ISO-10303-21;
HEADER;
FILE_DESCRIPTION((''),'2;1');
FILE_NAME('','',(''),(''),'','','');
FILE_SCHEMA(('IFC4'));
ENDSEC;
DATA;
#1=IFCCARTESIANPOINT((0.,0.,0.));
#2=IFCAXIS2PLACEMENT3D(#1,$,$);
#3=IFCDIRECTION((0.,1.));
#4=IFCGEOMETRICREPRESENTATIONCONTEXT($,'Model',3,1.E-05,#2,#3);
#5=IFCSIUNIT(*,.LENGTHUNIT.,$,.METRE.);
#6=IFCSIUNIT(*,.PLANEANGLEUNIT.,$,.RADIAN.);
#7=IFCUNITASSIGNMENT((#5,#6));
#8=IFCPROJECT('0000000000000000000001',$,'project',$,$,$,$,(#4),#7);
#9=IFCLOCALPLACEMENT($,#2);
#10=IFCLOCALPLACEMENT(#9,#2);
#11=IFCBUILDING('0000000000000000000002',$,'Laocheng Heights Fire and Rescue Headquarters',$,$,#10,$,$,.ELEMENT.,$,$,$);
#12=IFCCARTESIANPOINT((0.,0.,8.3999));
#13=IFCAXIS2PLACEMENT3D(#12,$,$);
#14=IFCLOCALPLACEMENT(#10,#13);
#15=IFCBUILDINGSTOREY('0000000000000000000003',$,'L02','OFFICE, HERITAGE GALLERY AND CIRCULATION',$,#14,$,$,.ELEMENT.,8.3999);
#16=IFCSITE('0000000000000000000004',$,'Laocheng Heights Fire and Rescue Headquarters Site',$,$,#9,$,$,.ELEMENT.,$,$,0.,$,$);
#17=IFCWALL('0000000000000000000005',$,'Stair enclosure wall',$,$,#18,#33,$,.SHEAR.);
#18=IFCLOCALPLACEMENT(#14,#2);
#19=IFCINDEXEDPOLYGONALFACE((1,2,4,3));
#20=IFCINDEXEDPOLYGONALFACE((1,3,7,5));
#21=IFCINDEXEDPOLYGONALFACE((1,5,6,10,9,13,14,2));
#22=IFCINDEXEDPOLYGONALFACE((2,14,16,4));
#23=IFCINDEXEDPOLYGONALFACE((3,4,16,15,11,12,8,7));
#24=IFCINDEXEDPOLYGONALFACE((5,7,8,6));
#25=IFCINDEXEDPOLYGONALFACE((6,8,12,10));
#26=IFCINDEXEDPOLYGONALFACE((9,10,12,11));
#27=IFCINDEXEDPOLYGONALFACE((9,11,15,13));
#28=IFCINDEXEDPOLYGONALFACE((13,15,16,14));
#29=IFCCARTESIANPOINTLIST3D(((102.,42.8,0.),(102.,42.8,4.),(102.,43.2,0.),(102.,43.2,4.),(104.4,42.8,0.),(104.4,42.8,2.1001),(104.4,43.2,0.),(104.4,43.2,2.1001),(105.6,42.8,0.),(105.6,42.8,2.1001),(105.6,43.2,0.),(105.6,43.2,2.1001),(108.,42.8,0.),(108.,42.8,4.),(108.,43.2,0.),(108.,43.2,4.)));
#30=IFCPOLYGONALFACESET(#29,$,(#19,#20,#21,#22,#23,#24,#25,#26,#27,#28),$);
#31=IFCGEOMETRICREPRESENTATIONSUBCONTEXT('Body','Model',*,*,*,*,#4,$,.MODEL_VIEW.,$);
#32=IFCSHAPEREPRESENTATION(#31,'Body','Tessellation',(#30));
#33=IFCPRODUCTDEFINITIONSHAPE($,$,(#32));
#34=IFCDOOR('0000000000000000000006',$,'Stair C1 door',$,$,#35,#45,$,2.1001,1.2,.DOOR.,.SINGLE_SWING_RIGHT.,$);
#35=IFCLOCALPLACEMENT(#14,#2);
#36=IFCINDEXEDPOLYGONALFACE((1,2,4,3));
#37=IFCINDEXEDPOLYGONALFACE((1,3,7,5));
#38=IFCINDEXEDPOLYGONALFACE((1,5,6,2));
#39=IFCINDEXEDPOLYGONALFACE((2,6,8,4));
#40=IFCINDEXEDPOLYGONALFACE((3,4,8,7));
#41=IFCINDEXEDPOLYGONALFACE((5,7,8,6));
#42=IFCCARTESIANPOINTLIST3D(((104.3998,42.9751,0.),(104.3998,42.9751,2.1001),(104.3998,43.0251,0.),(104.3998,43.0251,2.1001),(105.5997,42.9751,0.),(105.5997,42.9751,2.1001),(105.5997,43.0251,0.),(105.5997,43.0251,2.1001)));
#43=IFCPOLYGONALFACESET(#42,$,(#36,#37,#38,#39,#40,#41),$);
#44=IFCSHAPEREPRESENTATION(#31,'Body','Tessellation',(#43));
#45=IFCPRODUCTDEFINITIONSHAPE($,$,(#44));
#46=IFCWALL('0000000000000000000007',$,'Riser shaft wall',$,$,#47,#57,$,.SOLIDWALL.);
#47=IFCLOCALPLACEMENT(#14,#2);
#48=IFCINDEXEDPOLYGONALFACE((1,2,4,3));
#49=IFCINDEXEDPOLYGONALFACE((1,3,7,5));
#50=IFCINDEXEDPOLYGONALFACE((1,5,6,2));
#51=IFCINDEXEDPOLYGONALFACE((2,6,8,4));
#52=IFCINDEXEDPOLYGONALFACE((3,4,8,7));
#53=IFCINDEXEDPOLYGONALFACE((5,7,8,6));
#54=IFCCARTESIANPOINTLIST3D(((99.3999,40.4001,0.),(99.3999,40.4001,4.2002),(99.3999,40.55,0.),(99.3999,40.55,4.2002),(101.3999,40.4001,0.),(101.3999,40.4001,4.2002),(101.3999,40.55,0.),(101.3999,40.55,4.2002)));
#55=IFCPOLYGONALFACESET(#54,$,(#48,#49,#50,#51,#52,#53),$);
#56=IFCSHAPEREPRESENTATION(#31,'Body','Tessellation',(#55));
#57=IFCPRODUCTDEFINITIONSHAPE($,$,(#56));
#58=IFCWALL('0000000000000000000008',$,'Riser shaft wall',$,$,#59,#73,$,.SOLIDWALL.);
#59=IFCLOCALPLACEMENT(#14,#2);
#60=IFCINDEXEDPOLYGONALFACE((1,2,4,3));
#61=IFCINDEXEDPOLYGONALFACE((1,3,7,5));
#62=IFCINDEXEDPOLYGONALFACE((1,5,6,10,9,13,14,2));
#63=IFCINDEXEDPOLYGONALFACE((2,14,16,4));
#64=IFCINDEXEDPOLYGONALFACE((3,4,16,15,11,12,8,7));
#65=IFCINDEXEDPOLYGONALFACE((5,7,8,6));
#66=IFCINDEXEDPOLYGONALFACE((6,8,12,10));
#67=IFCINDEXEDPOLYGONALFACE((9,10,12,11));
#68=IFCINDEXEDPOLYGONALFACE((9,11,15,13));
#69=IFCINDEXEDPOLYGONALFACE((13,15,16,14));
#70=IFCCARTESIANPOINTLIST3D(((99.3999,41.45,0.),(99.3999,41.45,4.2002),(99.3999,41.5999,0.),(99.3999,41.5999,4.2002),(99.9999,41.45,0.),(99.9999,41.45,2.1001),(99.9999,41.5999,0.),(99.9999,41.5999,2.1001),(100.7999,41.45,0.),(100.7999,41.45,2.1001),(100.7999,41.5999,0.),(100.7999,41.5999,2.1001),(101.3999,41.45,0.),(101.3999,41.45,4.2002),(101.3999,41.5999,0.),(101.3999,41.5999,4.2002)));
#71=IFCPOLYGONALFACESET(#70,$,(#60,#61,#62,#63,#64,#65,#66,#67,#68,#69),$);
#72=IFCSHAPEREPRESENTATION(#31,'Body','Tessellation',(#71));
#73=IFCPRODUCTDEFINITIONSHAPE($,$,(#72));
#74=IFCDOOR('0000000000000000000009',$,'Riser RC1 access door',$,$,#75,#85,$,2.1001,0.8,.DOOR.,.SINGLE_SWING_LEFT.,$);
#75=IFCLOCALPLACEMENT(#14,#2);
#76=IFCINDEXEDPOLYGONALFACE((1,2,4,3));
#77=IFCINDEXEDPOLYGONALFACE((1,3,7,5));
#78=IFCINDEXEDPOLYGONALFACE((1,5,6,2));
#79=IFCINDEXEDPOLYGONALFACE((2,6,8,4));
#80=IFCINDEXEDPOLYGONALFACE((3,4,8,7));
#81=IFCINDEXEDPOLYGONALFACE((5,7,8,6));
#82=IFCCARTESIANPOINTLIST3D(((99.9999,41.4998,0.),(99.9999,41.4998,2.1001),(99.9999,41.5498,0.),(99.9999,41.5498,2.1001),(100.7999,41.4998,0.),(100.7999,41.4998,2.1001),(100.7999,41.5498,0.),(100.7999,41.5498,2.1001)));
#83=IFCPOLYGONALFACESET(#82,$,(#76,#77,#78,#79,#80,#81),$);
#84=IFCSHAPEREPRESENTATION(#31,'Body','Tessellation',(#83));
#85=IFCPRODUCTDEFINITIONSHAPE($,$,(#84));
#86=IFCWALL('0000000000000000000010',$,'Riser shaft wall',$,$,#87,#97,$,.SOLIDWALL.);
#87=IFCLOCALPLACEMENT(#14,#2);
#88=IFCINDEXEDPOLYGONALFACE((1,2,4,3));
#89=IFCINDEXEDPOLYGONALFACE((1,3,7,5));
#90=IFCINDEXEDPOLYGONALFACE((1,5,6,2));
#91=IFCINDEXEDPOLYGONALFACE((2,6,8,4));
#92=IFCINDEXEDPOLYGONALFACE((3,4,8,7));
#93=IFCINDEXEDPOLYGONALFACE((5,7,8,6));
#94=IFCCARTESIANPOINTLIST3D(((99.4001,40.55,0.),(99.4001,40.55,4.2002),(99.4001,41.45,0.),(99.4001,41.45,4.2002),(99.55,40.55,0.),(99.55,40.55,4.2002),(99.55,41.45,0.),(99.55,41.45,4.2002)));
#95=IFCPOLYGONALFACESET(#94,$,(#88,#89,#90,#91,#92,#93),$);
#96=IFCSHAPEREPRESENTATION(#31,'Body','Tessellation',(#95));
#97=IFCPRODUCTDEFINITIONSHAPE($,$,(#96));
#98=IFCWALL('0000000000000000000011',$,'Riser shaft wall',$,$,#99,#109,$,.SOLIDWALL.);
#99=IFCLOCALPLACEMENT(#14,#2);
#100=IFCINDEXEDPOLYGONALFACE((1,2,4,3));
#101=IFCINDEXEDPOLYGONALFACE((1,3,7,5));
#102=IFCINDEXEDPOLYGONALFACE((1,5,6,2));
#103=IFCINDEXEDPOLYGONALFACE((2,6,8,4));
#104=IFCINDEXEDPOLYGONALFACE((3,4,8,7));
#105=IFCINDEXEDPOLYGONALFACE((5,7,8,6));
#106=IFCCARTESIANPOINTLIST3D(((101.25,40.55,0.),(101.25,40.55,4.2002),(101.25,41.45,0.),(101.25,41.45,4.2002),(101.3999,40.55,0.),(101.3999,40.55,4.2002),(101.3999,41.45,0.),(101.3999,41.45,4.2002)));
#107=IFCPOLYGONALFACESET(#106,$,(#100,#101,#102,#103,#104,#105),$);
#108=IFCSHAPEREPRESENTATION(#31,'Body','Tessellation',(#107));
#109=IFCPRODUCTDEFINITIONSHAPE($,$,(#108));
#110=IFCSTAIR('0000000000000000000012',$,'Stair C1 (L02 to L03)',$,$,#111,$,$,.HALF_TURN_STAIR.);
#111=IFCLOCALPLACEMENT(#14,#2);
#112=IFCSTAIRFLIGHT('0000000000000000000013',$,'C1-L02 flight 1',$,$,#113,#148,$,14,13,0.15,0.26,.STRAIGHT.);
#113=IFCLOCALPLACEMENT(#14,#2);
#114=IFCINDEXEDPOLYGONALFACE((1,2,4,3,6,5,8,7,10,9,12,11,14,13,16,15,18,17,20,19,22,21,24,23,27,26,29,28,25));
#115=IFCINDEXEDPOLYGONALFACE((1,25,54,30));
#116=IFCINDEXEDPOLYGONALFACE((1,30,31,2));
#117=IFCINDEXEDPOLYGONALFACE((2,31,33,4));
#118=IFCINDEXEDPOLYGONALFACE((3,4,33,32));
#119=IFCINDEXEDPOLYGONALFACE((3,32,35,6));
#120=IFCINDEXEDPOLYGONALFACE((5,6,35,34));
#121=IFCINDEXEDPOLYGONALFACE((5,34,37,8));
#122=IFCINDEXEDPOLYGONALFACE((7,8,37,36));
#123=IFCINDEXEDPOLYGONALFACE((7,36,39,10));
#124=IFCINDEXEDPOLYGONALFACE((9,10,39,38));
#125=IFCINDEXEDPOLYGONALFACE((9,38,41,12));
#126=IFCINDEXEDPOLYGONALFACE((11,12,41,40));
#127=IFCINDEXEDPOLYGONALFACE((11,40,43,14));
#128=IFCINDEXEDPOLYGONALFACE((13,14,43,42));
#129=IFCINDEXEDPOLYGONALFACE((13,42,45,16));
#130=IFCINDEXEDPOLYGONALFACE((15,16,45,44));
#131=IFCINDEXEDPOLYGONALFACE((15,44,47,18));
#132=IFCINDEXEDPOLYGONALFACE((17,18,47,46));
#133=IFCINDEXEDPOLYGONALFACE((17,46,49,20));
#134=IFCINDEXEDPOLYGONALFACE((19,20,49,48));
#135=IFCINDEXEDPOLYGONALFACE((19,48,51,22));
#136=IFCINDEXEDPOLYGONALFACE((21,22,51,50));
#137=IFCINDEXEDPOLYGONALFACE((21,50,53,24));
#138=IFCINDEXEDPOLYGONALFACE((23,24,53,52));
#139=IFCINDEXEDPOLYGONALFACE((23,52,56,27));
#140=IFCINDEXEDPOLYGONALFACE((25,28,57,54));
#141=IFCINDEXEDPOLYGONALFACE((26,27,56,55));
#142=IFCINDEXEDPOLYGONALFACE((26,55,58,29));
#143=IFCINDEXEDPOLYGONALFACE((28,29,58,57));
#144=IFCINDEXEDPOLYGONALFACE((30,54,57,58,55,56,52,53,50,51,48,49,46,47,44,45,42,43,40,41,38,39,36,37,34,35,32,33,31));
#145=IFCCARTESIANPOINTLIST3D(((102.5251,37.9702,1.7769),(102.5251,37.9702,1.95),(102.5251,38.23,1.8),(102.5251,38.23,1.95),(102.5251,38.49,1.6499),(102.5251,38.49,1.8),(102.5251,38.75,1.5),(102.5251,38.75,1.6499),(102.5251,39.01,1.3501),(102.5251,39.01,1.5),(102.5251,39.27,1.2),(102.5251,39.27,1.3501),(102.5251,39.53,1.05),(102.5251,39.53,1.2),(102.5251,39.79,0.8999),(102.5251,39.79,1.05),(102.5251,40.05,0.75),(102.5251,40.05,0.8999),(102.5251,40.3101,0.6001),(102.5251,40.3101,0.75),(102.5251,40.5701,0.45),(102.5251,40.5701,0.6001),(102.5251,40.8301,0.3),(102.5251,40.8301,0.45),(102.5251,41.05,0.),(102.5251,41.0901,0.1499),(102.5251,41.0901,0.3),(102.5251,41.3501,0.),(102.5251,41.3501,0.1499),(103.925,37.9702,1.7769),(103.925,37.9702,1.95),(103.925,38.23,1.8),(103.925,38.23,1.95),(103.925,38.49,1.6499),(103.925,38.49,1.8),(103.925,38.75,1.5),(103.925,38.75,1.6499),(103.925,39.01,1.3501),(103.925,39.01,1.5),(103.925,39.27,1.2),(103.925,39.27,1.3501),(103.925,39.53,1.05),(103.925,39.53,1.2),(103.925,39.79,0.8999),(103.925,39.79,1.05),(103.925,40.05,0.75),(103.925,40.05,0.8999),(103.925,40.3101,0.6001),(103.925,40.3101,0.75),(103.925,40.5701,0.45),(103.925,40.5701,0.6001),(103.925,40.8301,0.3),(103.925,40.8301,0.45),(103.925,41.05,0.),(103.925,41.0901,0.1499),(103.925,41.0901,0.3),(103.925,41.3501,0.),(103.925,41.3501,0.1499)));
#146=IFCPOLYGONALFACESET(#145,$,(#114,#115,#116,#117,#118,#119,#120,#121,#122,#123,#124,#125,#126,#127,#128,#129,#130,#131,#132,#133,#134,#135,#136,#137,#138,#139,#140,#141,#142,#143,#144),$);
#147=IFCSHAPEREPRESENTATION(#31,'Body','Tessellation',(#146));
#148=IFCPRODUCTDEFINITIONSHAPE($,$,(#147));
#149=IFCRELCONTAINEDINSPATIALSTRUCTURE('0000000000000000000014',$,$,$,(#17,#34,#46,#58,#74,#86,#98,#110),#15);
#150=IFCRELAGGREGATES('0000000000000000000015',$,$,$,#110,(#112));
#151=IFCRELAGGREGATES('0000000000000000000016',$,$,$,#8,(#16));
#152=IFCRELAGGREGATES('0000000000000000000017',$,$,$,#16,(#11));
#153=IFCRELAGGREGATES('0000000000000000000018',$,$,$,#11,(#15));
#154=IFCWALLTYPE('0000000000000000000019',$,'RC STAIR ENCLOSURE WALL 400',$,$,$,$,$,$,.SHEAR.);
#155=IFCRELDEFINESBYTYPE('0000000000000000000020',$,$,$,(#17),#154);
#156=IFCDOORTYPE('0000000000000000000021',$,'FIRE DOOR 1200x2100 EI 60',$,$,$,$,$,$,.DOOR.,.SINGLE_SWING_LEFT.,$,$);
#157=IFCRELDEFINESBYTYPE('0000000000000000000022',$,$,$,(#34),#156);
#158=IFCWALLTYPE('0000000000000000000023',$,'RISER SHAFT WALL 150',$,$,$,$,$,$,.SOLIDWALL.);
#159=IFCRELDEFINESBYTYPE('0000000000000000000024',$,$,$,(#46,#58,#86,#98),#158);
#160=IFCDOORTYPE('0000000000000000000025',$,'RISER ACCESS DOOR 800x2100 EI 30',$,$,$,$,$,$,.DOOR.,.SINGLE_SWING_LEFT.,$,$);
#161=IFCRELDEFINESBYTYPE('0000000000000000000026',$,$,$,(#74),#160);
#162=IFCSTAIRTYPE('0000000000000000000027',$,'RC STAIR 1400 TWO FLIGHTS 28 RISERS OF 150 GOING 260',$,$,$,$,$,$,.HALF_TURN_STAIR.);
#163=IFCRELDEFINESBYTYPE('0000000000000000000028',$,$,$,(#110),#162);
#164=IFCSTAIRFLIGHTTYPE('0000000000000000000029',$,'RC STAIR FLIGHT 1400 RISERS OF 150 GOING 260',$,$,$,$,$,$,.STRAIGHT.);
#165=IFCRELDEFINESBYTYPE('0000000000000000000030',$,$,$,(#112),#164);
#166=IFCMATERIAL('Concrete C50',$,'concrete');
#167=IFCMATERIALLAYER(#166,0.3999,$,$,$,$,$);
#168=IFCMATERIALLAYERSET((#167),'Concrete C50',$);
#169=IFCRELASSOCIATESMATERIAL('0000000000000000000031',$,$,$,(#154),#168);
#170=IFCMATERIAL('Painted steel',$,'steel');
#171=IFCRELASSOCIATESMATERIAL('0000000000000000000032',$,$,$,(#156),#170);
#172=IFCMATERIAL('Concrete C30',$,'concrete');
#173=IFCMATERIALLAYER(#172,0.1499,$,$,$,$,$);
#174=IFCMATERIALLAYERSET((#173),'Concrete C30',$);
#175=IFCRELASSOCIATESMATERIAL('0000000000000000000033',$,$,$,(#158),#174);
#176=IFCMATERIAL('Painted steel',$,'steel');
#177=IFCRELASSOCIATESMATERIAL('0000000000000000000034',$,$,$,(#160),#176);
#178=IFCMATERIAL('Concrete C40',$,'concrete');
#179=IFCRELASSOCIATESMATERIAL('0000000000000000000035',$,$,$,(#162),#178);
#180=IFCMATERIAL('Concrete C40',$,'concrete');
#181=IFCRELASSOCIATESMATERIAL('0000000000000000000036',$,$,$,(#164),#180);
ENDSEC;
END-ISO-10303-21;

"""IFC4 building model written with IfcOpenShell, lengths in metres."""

from ifc_helpers import new_model, si_unit, direction, frame, frame_2d, origin, place, context, subcontext, project, spatial, polyline, rectangle, outline, extrude, material, layer, layer_set, type_object, element, fill, aggregate, save


model = new_model("IFC4")

# Units and contexts
model_context = context("Model", 3, precision=1e-05, world=origin(), true_north=direction((0.0, 1.0)))
body_context = subcontext(model_context, "Body", "Model", "MODEL_VIEW")
ifc_project = project(units=[si_unit("LENGTHUNIT", "METRE"), si_unit("PLANEANGLEUNIT", "RADIAN")], contexts=[model_context])

# Site, building, storey
site_placement = place(None, origin())
site = spatial("IfcSite", under=ifc_project, at=site_placement, Name="Laocheng Heights Fire and Rescue Headquarters Site", CompositionType="ELEMENT", RefElevation=0.0)
building_placement = place(site_placement, origin())
building = spatial("IfcBuilding", under=site, at=building_placement, Name="Laocheng Heights Fire and Rescue Headquarters", CompositionType="ELEMENT")
storey_placement = place(building_placement, frame((0.0, 0.0, 8.3999)))
storey = spatial("IfcBuildingStorey", under=building, at=storey_placement, Name="L02", Description="OFFICE, HERITAGE GALLERY AND CIRCULATION", CompositionType="ELEMENT", Elevation=8.3999)

# Wall, opening, door
ifc_material_1 = material(Name="Concrete C50", Category="concrete")
ifc_layer_1 = layer(ifc_material_1, 0.3999)
ifc_layer_set_1 = layer_set([ifc_layer_1], Name="Concrete C50")
wall_type_1 = type_object("IfcWallType", Name="RC STAIR ENCLOSURE WALL 400", PredefinedType="SHEAR", material=ifc_layer_set_1)
wall_1_placement = place(storey_placement, frame((102.0, 43.0, 0.0), z_axis=(0.0, 0.0, 1.0), x_axis=(1.0, 0.0, 0.0)))
wall_1 = element("IfcWall", 1, at=wall_1_placement, inside=storey, type_object=wall_type_1, Name="Stair enclosure wall", PredefinedType="SHEAR", context=body_context, shape_type="SweptSolid", body=[
    extrude(rectangle(XDim=6.0, YDim=0.3999, at=frame_2d((3.0, 0.0))), origin(), (0.0, 0.0, 1.0), 4.0),
])
opening_1_placement = place(wall_1_placement, frame((2.3999, 0.0, 0.0)))
opening_1 = element("IfcOpeningElement", 2, at=opening_1_placement, cuts=wall_1, PredefinedType="OPENING", context=body_context, shape_type="SweptSolid", body=[
    extrude(rectangle(XDim=1.2, YDim=2.1001, at=frame_2d((0.6001, 1.05))), frame((0.0, 0.21, 0.0), z_axis=(0.0, -1.0, 0.0), x_axis=(1.0, 0.0, 0.0)), (0.0, 0.0, 1.0), 0.4199),
])
ifc_material_2 = material(Name="Painted steel", Category="steel")
door_type_1 = type_object("IfcDoorType", Name="FIRE DOOR 1200x2100 EI 60", OperationType="SINGLE_SWING_LEFT", PredefinedType="DOOR", material=ifc_material_2)
door_1_placement = place(opening_1_placement, frame((1.2, 0.0, 0.0), z_axis=(0.0, 0.0, 1.0), x_axis=(-1.0, 0.0, 0.0)))
door_1 = element("IfcDoor", 3, at=door_1_placement, inside=storey, type_object=door_type_1, Name="Stair C1 door", OperationType="SINGLE_SWING_RIGHT", OverallHeight=2.1001, OverallWidth=1.2, PredefinedType="DOOR", context=body_context, shape_type="SweptSolid", body=[
    extrude(rectangle(XDim=1.2, YDim=2.1001, at=frame_2d((0.6001, 1.05))), frame((0.0, 0.0249, 0.0), z_axis=(0.0, -1.0, 0.0), x_axis=(1.0, 0.0, 0.0)), (0.0, 0.0, 1.0), 0.05),
])
fill(opening_1, door_1)

# Wall
ifc_material_3 = material(Name="Concrete C30", Category="concrete")
ifc_layer_2 = layer(ifc_material_3, 0.1499)
ifc_layer_set_2 = layer_set([ifc_layer_2], Name="Concrete C30")
wall_type_2 = type_object("IfcWallType", Name="RISER SHAFT WALL 150", PredefinedType="SOLIDWALL", material=ifc_layer_set_2)
wall_2_placement = place(storey_placement, frame((99.3999, 40.4751, 0.0), z_axis=(0.0, 0.0, 1.0), x_axis=(1.0, 0.0, 0.0)))
element("IfcWall", 4, at=wall_2_placement, inside=storey, type_object=wall_type_2, Name="Riser shaft wall", PredefinedType="SOLIDWALL", context=body_context, shape_type="SweptSolid", body=[
    extrude(rectangle(XDim=2.0, YDim=0.1499, at=frame_2d((1.0, 0.0))), origin(), (0.0, 0.0, 1.0), 4.2002),
])

# Wall, opening, door
wall_3_placement = place(storey_placement, frame((99.3999, 41.5249, 0.0), z_axis=(0.0, 0.0, 1.0), x_axis=(1.0, 0.0, 0.0)))
wall_3 = element("IfcWall", 5, at=wall_3_placement, inside=storey, type_object=wall_type_2, Name="Riser shaft wall", PredefinedType="SOLIDWALL", context=body_context, shape_type="SweptSolid", body=[
    extrude(rectangle(XDim=2.0, YDim=0.1499, at=frame_2d((1.0, 0.0))), origin(), (0.0, 0.0, 1.0), 4.2002),
])
opening_2_placement = place(wall_3_placement, frame((0.6001, 0.0, 0.0)))
opening_2 = element("IfcOpeningElement", 6, at=opening_2_placement, cuts=wall_3, PredefinedType="OPENING", context=body_context, shape_type="SweptSolid", body=[
    extrude(rectangle(XDim=0.8, YDim=2.1001, at=frame_2d((0.3999, 1.05))), frame((0.0, 0.085, 0.0), z_axis=(0.0, -1.0, 0.0), x_axis=(1.0, 0.0, 0.0)), (0.0, 0.0, 1.0), 0.1699),
])
ifc_material_4 = material(Name="Painted steel", Category="steel")
door_type_2 = type_object("IfcDoorType", Name="RISER ACCESS DOOR 800x2100 EI 30", OperationType="SINGLE_SWING_LEFT", PredefinedType="DOOR", material=ifc_material_4)
door_2_placement = place(opening_2_placement, origin())
door_2 = element("IfcDoor", 7, at=door_2_placement, inside=storey, type_object=door_type_2, Name="Riser RC1 access door", OperationType="SINGLE_SWING_LEFT", OverallHeight=2.1001, OverallWidth=0.8, PredefinedType="DOOR", context=body_context, shape_type="SweptSolid", body=[
    extrude(rectangle(XDim=0.8, YDim=2.1001, at=frame_2d((0.3999, 1.05))), frame((0.0, 0.0249, 0.0), z_axis=(0.0, -1.0, 0.0), x_axis=(1.0, 0.0, 0.0)), (0.0, 0.0, 1.0), 0.05),
])
fill(opening_2, door_2)

# Walls
for number, where, z_axis, x_axis, name in (
    (8, (99.4751, 40.55, 0.0), (0.0, 0.0, 1.0), (0.0, 1.0, 0.0), "Riser shaft wall"),
    (9, (101.325, 40.55, 0.0), (0.0, 0.0, 1.0), (0.0, 1.0, 0.0), "Riser shaft wall"),
):
    element("IfcWall", number, at=place(storey_placement, frame(where, z_axis=z_axis, x_axis=x_axis)), inside=storey, type_object=wall_type_2, Name=name, PredefinedType="SOLIDWALL", context=body_context, shape_type="SweptSolid", body=[
        extrude(rectangle(XDim=0.8999, YDim=0.1499, at=frame_2d((0.45, 0.0))), origin(), (0.0, 0.0, 1.0), 4.2002),
    ])

# Stair, stair flight
ifc_material_5 = material(Name="Concrete C40", Category="concrete")
stair_type = type_object("IfcStairType", Name="RC STAIR 1400 TWO FLIGHTS 28 RISERS OF 150 GOING 260", PredefinedType="HALF_TURN_STAIR", material=ifc_material_5)
stair_placement = place(storey_placement, origin())
stair = element("IfcStair", 10, at=stair_placement, inside=storey, type_object=stair_type, Name="Stair C1 (L02 to L03)", PredefinedType="HALF_TURN_STAIR")
ifc_material_6 = material(Name="Concrete C40", Category="concrete")
stair_flight_type = type_object("IfcStairFlightType", Name="RC STAIR FLIGHT 1400 RISERS OF 150 GOING 260", PredefinedType="STRAIGHT", material=ifc_material_6)
stair_flight_placement = place(storey_placement, frame((103.2251, 41.3501, 0.0), z_axis=(0.0, 0.0, 1.0), x_axis=(0.0, -1.0, 0.0)))
stair_flight = element("IfcStairFlight", 11, at=stair_flight_placement, type_object=stair_flight_type, Name="C1-L02 flight 1", NumberOfRisers=14, NumberOfTreads=13, PredefinedType="STRAIGHT", RiserHeight=0.15, TreadLength=0.26, context=body_context, shape_type="SweptSolid", body=[
    extrude(outline(polyline([(0.0, 0.0), (0.0, 0.1499), (0.26, 0.1499), (0.26, 0.3), (0.52, 0.3), (0.52, 0.45), (0.78, 0.45), (0.78, 0.6001), (1.04, 0.6001), (1.04, 0.75), (1.3, 0.75), (1.3, 0.8999), (1.5601, 0.8999), (1.5601, 1.05), (1.8201, 1.05), (1.8201, 1.2), (2.0801, 1.2), (2.0801, 1.3501), (2.3401, 1.3501), (2.3401, 1.5), (2.6001, 1.5), (2.6001, 1.6499), (2.8601, 1.6499), (2.8601, 1.8), (3.1201, 1.8), (3.1201, 1.95), (3.3799, 1.95), (3.3799, 2.1001), (3.3799, 1.7769), (0.3, 0.0), (0.0, 0.0)])), frame((0.0, 0.7, 0.0), z_axis=(0.0, -1.0, 0.0), x_axis=(1.0, 0.0, 0.0)), (0.0, 0.0, 1.0), 1.3999),
])
aggregate(stair, [stair_flight])

save(model, "model.ifc")
